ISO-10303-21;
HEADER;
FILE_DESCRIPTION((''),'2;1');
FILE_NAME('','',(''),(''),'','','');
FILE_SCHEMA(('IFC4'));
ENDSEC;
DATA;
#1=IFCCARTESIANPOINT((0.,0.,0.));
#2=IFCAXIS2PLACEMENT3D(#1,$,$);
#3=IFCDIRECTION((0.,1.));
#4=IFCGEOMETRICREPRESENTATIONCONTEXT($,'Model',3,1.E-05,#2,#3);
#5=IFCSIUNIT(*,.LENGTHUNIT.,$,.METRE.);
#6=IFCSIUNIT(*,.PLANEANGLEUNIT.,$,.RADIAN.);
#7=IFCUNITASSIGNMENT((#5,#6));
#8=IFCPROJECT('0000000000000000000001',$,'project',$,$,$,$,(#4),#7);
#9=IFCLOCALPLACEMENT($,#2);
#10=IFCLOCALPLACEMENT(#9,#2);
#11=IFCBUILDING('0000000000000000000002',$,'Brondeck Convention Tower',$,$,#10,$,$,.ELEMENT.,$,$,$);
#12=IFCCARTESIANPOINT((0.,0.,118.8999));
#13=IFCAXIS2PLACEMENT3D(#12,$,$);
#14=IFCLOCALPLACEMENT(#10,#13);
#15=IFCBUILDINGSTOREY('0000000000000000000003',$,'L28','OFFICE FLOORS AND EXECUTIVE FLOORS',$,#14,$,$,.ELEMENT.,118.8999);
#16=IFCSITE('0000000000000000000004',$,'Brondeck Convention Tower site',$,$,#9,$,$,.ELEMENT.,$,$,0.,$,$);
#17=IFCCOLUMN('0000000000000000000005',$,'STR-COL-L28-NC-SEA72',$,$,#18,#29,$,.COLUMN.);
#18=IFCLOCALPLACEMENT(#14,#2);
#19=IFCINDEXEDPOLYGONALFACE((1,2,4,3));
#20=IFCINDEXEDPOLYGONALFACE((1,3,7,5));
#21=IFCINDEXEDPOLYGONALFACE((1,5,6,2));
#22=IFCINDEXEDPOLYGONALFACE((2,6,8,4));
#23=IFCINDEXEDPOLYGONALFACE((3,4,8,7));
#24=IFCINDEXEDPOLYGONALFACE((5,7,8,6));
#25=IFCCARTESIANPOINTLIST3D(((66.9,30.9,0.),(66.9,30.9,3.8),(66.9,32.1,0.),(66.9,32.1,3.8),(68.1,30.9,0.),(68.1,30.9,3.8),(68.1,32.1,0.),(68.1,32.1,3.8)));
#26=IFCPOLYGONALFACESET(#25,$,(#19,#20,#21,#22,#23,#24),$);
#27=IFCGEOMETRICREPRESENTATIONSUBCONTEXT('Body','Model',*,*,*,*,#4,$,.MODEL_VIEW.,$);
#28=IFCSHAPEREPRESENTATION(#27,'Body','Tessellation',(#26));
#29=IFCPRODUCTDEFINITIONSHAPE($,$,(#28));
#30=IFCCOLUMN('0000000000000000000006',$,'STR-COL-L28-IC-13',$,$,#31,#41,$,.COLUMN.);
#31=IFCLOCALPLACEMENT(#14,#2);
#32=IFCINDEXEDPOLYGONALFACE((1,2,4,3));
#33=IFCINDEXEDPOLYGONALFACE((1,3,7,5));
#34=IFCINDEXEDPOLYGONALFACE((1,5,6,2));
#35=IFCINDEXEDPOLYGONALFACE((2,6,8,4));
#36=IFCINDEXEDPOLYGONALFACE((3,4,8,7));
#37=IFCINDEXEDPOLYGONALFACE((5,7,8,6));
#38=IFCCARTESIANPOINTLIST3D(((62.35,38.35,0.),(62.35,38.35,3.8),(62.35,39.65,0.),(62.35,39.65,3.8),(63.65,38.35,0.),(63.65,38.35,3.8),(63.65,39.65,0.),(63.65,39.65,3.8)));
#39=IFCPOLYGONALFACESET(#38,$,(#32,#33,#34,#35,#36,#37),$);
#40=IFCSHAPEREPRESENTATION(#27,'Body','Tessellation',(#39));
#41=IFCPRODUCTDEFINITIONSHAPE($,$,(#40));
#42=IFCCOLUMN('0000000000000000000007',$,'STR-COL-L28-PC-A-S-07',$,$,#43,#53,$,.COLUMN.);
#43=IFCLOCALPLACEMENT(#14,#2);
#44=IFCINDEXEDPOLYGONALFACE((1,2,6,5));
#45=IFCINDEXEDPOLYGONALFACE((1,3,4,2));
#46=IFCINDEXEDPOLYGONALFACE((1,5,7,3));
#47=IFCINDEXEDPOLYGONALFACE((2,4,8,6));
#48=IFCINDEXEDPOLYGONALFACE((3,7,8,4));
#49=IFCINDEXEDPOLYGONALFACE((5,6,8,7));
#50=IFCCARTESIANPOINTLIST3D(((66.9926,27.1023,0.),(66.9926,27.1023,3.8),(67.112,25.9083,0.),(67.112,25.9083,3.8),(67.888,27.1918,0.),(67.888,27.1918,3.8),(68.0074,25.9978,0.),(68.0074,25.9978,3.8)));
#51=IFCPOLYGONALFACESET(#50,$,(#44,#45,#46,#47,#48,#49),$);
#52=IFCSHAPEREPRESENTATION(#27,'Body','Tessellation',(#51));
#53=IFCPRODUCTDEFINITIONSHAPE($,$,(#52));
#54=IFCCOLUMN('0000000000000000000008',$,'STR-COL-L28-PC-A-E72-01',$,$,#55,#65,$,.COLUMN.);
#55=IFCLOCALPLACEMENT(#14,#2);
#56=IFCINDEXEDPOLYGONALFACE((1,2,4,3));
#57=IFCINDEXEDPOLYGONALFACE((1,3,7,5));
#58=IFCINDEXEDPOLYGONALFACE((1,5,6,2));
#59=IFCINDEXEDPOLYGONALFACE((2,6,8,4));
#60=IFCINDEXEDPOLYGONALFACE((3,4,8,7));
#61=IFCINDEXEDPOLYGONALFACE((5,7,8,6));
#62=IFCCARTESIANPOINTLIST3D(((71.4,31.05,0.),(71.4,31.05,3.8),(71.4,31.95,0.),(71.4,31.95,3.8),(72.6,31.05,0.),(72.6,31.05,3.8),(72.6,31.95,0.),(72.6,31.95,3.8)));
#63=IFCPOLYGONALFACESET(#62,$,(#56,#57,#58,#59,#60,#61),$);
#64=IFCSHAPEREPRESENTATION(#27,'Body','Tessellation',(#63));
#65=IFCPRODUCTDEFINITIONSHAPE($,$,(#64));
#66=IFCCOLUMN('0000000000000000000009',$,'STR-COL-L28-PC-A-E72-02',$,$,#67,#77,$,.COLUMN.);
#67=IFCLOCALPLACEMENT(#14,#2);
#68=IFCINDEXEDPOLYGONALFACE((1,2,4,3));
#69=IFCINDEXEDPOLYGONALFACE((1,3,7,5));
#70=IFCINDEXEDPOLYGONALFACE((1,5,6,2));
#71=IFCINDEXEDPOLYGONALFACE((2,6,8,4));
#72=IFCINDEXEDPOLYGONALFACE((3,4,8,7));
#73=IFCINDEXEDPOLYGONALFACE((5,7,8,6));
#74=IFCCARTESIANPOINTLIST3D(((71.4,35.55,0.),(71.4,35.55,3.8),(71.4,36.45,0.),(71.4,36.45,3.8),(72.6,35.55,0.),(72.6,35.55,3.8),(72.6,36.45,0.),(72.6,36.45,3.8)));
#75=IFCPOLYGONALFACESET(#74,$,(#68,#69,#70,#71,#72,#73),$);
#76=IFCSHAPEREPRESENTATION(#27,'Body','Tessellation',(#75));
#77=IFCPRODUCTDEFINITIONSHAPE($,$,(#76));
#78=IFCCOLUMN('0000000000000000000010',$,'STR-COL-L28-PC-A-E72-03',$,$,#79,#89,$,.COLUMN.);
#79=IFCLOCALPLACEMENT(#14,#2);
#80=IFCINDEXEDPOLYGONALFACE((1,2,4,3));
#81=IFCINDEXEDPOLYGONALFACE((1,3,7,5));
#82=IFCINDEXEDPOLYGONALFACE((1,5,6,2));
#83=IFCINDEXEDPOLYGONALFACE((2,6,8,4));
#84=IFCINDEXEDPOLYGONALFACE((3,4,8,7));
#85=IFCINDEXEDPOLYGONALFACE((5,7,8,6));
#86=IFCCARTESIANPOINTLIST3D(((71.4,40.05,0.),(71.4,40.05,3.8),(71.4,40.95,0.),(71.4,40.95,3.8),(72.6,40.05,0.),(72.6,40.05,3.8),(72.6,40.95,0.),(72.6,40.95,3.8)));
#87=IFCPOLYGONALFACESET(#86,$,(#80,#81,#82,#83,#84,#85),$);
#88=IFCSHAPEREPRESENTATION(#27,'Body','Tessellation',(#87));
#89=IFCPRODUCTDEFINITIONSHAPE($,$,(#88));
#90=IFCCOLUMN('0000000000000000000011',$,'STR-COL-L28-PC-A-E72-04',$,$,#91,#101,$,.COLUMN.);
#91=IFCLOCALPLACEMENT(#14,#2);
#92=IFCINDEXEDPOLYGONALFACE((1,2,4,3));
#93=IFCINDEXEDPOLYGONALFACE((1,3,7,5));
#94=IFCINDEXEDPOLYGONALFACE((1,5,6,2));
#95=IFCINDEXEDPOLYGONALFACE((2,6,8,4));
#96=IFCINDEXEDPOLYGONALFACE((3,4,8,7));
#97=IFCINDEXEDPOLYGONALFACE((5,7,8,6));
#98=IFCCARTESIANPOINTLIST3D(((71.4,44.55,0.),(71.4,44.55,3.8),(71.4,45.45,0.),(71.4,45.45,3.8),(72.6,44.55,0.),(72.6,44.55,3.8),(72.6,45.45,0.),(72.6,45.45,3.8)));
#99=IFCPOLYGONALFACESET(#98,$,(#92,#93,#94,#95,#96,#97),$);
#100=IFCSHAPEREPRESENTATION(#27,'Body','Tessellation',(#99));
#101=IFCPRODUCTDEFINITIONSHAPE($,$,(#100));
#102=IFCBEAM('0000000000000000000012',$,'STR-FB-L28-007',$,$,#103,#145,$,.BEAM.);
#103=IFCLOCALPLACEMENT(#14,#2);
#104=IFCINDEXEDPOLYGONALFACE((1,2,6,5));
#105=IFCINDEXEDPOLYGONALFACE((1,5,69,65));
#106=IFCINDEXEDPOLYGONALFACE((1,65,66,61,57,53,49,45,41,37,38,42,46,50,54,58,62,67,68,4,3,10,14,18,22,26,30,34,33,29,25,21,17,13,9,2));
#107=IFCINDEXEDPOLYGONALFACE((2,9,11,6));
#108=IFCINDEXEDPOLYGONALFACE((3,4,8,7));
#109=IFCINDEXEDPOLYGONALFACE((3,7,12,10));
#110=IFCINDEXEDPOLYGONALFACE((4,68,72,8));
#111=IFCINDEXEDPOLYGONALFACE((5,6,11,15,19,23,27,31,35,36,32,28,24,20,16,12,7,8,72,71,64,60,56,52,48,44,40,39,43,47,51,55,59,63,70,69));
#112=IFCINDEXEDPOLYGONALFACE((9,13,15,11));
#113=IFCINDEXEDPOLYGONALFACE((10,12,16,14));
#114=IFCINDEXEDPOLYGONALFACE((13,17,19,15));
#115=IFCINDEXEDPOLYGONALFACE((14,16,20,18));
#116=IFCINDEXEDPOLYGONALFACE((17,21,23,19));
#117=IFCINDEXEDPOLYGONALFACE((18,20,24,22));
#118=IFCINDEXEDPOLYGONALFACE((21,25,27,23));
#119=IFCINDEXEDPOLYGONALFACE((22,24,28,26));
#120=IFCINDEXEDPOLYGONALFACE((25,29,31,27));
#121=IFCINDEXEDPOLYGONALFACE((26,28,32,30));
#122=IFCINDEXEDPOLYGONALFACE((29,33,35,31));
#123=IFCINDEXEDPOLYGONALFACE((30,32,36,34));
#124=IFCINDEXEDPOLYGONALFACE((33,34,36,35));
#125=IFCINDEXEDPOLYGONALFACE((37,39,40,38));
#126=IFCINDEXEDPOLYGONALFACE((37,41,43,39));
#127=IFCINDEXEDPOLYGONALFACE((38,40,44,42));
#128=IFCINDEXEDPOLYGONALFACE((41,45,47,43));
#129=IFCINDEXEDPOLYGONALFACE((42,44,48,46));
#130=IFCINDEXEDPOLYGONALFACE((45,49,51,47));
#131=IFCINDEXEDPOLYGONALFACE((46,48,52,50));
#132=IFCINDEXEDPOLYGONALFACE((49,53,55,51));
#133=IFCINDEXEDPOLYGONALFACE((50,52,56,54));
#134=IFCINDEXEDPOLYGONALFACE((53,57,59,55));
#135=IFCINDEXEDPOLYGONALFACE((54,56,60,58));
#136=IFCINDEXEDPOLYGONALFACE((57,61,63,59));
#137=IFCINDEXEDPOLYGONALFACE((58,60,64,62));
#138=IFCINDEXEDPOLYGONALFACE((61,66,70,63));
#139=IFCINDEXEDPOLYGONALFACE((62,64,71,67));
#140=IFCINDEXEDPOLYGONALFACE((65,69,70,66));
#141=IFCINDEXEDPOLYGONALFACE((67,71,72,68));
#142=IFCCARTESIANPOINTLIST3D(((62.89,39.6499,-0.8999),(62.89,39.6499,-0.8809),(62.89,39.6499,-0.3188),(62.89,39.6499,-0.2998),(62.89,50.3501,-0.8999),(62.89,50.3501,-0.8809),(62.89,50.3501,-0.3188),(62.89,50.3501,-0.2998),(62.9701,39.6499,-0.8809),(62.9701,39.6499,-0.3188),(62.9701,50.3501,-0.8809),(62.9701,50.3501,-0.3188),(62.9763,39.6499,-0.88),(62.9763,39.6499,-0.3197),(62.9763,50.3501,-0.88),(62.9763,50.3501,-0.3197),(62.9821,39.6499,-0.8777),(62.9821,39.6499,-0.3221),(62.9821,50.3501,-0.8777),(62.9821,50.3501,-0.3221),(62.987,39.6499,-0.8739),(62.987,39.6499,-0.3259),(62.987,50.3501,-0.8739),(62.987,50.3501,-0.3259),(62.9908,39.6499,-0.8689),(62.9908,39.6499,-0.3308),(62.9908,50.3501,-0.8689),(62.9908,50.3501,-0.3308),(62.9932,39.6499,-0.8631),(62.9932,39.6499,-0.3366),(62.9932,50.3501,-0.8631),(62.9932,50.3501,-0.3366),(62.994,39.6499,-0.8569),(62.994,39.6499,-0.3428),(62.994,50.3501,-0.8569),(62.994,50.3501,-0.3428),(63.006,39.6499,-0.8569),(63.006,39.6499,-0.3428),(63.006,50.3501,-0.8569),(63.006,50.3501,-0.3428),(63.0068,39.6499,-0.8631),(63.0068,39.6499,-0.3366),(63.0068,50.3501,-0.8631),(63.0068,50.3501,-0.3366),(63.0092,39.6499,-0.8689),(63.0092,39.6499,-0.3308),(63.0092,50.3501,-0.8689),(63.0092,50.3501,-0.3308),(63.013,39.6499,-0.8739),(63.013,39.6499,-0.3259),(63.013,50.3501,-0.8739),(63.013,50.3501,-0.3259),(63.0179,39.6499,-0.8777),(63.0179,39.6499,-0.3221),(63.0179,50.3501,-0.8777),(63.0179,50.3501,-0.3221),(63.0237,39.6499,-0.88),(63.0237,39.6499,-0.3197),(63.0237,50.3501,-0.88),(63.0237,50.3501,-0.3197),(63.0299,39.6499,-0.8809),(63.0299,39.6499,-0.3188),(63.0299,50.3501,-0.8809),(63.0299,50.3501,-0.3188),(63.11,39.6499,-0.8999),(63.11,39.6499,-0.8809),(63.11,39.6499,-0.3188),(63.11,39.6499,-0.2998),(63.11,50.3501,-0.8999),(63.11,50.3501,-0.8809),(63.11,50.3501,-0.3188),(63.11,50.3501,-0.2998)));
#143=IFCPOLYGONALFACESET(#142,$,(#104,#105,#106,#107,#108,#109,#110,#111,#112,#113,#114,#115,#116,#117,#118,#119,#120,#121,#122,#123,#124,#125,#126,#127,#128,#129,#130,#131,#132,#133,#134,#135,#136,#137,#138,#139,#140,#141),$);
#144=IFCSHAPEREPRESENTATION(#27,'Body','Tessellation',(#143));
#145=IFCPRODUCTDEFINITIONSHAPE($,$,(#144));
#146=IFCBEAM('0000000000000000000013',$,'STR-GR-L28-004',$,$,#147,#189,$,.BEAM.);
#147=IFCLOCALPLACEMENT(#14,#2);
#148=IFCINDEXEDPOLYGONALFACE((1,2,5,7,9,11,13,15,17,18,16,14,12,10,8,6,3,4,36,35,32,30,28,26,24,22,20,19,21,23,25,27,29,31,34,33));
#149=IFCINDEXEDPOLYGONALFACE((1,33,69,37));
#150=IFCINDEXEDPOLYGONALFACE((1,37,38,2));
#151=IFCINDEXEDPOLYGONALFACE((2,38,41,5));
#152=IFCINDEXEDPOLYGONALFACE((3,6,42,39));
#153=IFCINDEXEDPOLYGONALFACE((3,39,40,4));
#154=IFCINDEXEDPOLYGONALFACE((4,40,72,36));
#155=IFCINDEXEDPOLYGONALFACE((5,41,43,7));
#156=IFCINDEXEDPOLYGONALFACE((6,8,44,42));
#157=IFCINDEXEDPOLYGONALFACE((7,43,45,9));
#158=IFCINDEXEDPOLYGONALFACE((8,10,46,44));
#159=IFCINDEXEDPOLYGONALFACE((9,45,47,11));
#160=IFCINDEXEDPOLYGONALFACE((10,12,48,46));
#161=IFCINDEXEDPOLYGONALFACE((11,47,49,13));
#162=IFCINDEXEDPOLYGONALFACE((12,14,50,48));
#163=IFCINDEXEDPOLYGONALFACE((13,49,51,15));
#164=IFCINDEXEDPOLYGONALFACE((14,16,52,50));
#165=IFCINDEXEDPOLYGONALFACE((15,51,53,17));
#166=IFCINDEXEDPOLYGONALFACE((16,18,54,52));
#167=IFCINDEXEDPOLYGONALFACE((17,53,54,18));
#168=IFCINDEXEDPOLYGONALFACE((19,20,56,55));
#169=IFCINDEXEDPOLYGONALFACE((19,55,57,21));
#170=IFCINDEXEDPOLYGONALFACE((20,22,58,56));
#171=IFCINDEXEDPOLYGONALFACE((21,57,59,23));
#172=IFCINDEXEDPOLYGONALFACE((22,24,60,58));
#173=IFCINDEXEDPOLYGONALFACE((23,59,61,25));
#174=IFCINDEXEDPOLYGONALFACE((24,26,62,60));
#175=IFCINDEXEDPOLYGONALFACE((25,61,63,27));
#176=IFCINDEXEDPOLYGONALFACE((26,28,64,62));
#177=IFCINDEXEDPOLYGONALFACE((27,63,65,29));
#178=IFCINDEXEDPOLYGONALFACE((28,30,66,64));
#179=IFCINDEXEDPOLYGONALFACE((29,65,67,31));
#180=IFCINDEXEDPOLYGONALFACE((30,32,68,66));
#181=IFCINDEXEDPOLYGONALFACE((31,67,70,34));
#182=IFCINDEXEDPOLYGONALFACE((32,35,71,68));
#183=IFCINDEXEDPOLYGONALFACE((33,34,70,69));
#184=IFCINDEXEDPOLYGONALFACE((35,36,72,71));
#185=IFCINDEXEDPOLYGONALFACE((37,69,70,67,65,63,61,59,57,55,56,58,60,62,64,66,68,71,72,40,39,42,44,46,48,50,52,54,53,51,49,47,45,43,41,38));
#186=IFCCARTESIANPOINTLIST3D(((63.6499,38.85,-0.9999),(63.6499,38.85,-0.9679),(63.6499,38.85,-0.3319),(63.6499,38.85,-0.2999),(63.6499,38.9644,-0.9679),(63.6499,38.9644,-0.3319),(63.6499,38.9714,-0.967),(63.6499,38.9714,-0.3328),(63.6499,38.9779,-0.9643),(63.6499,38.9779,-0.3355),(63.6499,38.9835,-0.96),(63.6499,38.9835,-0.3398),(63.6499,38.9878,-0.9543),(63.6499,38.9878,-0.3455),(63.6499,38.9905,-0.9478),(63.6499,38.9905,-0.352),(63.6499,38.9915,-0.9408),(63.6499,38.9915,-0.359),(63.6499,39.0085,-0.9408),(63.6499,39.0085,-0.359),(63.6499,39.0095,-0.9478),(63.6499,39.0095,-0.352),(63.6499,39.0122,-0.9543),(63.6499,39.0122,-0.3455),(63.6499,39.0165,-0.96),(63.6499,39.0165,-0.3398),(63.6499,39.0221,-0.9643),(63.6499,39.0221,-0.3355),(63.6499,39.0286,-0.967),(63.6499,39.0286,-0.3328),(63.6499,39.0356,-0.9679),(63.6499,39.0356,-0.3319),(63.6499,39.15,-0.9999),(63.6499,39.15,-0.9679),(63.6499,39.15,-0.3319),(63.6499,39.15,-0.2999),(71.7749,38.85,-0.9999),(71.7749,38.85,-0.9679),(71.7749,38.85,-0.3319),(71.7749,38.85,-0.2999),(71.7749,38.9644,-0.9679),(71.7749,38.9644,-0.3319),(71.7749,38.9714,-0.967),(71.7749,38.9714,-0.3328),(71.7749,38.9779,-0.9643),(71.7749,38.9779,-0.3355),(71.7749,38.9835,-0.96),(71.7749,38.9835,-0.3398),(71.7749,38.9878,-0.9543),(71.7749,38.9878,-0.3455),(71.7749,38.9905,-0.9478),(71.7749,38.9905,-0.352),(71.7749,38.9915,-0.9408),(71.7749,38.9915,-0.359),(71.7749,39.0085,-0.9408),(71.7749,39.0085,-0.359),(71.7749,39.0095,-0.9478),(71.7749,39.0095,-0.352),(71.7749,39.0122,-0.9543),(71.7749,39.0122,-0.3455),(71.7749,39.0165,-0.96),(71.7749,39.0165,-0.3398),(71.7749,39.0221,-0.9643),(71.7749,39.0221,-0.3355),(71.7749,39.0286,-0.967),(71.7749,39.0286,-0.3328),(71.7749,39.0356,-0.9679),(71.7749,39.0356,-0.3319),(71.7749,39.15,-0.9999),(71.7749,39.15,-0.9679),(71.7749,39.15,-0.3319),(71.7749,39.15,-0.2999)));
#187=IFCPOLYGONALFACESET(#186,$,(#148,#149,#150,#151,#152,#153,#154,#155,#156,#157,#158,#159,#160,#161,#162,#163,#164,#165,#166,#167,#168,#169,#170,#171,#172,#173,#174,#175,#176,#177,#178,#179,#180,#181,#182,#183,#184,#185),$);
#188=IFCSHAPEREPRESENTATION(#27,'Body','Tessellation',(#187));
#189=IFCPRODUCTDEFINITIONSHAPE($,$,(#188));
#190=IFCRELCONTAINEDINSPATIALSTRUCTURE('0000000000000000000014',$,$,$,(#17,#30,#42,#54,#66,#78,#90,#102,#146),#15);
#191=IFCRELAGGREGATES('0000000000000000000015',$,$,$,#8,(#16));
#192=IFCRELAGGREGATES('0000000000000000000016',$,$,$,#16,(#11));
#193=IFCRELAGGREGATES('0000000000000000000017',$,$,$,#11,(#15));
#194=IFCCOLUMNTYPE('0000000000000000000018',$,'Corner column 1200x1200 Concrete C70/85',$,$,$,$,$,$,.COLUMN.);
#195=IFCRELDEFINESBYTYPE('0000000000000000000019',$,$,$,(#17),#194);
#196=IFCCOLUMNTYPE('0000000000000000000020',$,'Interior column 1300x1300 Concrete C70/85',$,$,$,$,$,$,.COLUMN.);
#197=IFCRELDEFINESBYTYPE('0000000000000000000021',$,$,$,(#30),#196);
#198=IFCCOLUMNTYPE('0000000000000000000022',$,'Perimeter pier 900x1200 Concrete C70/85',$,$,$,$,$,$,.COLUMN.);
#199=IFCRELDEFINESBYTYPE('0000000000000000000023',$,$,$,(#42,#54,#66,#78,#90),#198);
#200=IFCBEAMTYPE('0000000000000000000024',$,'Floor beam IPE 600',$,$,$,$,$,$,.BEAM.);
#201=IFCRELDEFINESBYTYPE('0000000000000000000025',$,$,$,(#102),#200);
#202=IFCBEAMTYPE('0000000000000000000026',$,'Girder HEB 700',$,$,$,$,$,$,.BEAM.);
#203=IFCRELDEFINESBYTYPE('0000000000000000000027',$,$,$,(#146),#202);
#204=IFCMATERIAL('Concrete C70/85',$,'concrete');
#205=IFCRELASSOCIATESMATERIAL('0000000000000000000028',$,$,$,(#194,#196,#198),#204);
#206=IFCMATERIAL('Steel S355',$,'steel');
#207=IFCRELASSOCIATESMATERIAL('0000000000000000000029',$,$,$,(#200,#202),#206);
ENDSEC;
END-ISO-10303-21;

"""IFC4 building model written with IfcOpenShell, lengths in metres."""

from ifc_helpers import new_model, si_unit, direction, frame, origin, origin_2d, place, context, subcontext, project, spatial, rectangle, i_section, extrude, material, material_profile, profile_set, type_object, element, save


model = new_model("IFC4")

# Units and contexts
model_context = context("Model", 3, precision=1e-05, world=origin(), true_north=direction((0.0, 1.0)))
body_context = subcontext(model_context, "Body", "Model", "MODEL_VIEW")
ifc_project = project(units=[si_unit("LENGTHUNIT", "METRE"), si_unit("PLANEANGLEUNIT", "RADIAN")], contexts=[model_context])

# Site, building, storey
site_placement = place(None, origin())
site = spatial("IfcSite", under=ifc_project, at=site_placement, Name="Brondeck Convention Tower site", CompositionType="ELEMENT", RefElevation=0.0)
building_placement = place(site_placement, origin())
building = spatial("IfcBuilding", under=site, at=building_placement, Name="Brondeck Convention Tower", CompositionType="ELEMENT")
storey_placement = place(building_placement, frame((0.0, 0.0, 118.8999)))
storey = spatial("IfcBuildingStorey", under=building, at=storey_placement, Name="L28", Description="OFFICE FLOORS AND EXECUTIVE FLOORS", CompositionType="ELEMENT", Elevation=118.8999)

# Columns
ifc_material_1 = material(Name="Concrete C70/85", Category="concrete")
ifc_material_profile_1 = material_profile(ifc_material_1, rectangle(XDim=1.2, YDim=1.2, at=origin_2d()), Name="Corner column 1200x1200 Concrete C70/85")
ifc_profile_set_1 = profile_set([ifc_material_profile_1], Name="Concrete C70/85")
column_type_1 = type_object("IfcColumnType", Name="Corner column 1200x1200 Concrete C70/85", PredefinedType="COLUMN", material=ifc_profile_set_1)
column_1_placement = place(storey_placement, frame((67.5, 31.5, 0.0), z_axis=(0.0, 0.0, 1.0), x_axis=(1.0, 0.0, 0.0)))
element("IfcColumn", 1, at=column_1_placement, inside=storey, type_object=column_type_1, Name="STR-COL-L28-NC-SEA72", PredefinedType="COLUMN", context=body_context, shape_type="SweptSolid", body=[
    extrude(rectangle(XDim=1.2, YDim=1.2, at=origin_2d()), origin(), (0.0, 0.0, 1.0), 3.8),
])
ifc_material_profile_2 = material_profile(ifc_material_1, rectangle(XDim=1.3, YDim=1.3, at=origin_2d()), Name="Interior column 1300x1300 Concrete C70/85")
ifc_profile_set_2 = profile_set([ifc_material_profile_2], Name="Concrete C70/85")
column_type_2 = type_object("IfcColumnType", Name="Interior column 1300x1300 Concrete C70/85", PredefinedType="COLUMN", material=ifc_profile_set_2)
column_2_placement = place(storey_placement, frame((63.0, 39.0, 0.0), z_axis=(0.0, 0.0, 1.0), x_axis=(1.0, 0.0, 0.0)))
element("IfcColumn", 2, at=column_2_placement, inside=storey, type_object=column_type_2, Name="STR-COL-L28-IC-13", PredefinedType="COLUMN", context=body_context, shape_type="SweptSolid", body=[
    extrude(rectangle(XDim=1.3, YDim=1.3, at=origin_2d()), origin(), (0.0, 0.0, 1.0), 3.8),
])
ifc_material_profile_3 = material_profile(ifc_material_1, rectangle(XDim=0.8999, YDim=1.2, at=origin_2d()), Name="Perimeter pier 900x1200 Concrete C70/85")
ifc_profile_set_3 = profile_set([ifc_material_profile_3], Name="Concrete C70/85")
column_type_3 = type_object("IfcColumnType", Name="Perimeter pier 900x1200 Concrete C70/85", PredefinedType="COLUMN", material=ifc_profile_set_3)
for number, where, z_axis, x_axis, name in (
    (3, (67.5, 26.55, 0.0), (0.0, 0.0, 1.0), (0.995037, 0.099504, 0.0), "STR-COL-L28-PC-A-S-07"),
    (4, (72.0, 31.5, 0.0), (0.0, 0.0, 1.0), (0.0, 1.0, 0.0), "STR-COL-L28-PC-A-E72-01"),
    (5, (72.0, 36.0, 0.0), (0.0, 0.0, 1.0), (0.0, 1.0, 0.0), "STR-COL-L28-PC-A-E72-02"),
    (6, (72.0, 40.5, 0.0), (0.0, 0.0, 1.0), (0.0, 1.0, 0.0), "STR-COL-L28-PC-A-E72-03"),
    (7, (72.0, 45.0, 0.0), (0.0, 0.0, 1.0), (0.0, 1.0, 0.0), "STR-COL-L28-PC-A-E72-04"),
):
    element("IfcColumn", number, at=place(storey_placement, frame(where, z_axis=z_axis, x_axis=x_axis)), inside=storey, type_object=column_type_3, Name=name, PredefinedType="COLUMN", context=body_context, shape_type="SweptSolid", body=[
        extrude(rectangle(XDim=0.8999, YDim=1.2, at=origin_2d()), origin(), (0.0, 0.0, 1.0), 3.8),
    ])

# Beams
ifc_material_2 = material(Name="Steel S355", Category="steel")
ifc_material_profile_4 = material_profile(ifc_material_2, i_section(OverallWidth=0.22, OverallDepth=0.6001, WebThickness=0.012, FlangeThickness=0.019, FilletRadius=0.0239, at=origin_2d()), Name="IPE 600")
ifc_profile_set_4 = profile_set([ifc_material_profile_4], Name="Steel S355")
beam_type_1 = type_object("IfcBeamType", Name="Floor beam IPE 600", PredefinedType="BEAM", material=ifc_profile_set_4)
beam_1_placement = place(storey_placement, frame((63.0, 39.6499, -0.5999), z_axis=(0.0, 1.0, 0.0), x_axis=(-1.0, 0.0, 0.0)))
element("IfcBeam", 8, at=beam_1_placement, inside=storey, type_object=beam_type_1, Name="STR-FB-L28-007", PredefinedType="BEAM", context=body_context, shape_type="SweptSolid", body=[
    extrude(i_section(OverallWidth=0.22, OverallDepth=0.6001, WebThickness=0.012, FlangeThickness=0.019, FilletRadius=0.0239, at=origin_2d()), origin(), (0.0, 0.0, 1.0), 10.7002),
])
ifc_material_profile_5 = material_profile(ifc_material_2, i_section(OverallWidth=0.3, OverallDepth=0.7, WebThickness=0.0171, FlangeThickness=0.032, FilletRadius=0.0271, at=origin_2d()), Name="HEB 700")
ifc_profile_set_5 = profile_set([ifc_material_profile_5], Name="Steel S355")
beam_type_2 = type_object("IfcBeamType", Name="Girder HEB 700", PredefinedType="BEAM", material=ifc_profile_set_5)
beam_2_placement = place(storey_placement, frame((63.6499, 39.0, -0.6499), z_axis=(1.0, 0.0, 0.0), x_axis=(0.0, 1.0, 0.0)))
element("IfcBeam", 9, at=beam_2_placement, inside=storey, type_object=beam_type_2, Name="STR-GR-L28-004", PredefinedType="BEAM", context=body_context, shape_type="SweptSolid", body=[
    extrude(i_section(OverallWidth=0.3, OverallDepth=0.7, WebThickness=0.0171, FlangeThickness=0.032, FilletRadius=0.0271, at=origin_2d()), origin(), (0.0, 0.0, 1.0), 8.125),
])

save(model, "model.ifc")
